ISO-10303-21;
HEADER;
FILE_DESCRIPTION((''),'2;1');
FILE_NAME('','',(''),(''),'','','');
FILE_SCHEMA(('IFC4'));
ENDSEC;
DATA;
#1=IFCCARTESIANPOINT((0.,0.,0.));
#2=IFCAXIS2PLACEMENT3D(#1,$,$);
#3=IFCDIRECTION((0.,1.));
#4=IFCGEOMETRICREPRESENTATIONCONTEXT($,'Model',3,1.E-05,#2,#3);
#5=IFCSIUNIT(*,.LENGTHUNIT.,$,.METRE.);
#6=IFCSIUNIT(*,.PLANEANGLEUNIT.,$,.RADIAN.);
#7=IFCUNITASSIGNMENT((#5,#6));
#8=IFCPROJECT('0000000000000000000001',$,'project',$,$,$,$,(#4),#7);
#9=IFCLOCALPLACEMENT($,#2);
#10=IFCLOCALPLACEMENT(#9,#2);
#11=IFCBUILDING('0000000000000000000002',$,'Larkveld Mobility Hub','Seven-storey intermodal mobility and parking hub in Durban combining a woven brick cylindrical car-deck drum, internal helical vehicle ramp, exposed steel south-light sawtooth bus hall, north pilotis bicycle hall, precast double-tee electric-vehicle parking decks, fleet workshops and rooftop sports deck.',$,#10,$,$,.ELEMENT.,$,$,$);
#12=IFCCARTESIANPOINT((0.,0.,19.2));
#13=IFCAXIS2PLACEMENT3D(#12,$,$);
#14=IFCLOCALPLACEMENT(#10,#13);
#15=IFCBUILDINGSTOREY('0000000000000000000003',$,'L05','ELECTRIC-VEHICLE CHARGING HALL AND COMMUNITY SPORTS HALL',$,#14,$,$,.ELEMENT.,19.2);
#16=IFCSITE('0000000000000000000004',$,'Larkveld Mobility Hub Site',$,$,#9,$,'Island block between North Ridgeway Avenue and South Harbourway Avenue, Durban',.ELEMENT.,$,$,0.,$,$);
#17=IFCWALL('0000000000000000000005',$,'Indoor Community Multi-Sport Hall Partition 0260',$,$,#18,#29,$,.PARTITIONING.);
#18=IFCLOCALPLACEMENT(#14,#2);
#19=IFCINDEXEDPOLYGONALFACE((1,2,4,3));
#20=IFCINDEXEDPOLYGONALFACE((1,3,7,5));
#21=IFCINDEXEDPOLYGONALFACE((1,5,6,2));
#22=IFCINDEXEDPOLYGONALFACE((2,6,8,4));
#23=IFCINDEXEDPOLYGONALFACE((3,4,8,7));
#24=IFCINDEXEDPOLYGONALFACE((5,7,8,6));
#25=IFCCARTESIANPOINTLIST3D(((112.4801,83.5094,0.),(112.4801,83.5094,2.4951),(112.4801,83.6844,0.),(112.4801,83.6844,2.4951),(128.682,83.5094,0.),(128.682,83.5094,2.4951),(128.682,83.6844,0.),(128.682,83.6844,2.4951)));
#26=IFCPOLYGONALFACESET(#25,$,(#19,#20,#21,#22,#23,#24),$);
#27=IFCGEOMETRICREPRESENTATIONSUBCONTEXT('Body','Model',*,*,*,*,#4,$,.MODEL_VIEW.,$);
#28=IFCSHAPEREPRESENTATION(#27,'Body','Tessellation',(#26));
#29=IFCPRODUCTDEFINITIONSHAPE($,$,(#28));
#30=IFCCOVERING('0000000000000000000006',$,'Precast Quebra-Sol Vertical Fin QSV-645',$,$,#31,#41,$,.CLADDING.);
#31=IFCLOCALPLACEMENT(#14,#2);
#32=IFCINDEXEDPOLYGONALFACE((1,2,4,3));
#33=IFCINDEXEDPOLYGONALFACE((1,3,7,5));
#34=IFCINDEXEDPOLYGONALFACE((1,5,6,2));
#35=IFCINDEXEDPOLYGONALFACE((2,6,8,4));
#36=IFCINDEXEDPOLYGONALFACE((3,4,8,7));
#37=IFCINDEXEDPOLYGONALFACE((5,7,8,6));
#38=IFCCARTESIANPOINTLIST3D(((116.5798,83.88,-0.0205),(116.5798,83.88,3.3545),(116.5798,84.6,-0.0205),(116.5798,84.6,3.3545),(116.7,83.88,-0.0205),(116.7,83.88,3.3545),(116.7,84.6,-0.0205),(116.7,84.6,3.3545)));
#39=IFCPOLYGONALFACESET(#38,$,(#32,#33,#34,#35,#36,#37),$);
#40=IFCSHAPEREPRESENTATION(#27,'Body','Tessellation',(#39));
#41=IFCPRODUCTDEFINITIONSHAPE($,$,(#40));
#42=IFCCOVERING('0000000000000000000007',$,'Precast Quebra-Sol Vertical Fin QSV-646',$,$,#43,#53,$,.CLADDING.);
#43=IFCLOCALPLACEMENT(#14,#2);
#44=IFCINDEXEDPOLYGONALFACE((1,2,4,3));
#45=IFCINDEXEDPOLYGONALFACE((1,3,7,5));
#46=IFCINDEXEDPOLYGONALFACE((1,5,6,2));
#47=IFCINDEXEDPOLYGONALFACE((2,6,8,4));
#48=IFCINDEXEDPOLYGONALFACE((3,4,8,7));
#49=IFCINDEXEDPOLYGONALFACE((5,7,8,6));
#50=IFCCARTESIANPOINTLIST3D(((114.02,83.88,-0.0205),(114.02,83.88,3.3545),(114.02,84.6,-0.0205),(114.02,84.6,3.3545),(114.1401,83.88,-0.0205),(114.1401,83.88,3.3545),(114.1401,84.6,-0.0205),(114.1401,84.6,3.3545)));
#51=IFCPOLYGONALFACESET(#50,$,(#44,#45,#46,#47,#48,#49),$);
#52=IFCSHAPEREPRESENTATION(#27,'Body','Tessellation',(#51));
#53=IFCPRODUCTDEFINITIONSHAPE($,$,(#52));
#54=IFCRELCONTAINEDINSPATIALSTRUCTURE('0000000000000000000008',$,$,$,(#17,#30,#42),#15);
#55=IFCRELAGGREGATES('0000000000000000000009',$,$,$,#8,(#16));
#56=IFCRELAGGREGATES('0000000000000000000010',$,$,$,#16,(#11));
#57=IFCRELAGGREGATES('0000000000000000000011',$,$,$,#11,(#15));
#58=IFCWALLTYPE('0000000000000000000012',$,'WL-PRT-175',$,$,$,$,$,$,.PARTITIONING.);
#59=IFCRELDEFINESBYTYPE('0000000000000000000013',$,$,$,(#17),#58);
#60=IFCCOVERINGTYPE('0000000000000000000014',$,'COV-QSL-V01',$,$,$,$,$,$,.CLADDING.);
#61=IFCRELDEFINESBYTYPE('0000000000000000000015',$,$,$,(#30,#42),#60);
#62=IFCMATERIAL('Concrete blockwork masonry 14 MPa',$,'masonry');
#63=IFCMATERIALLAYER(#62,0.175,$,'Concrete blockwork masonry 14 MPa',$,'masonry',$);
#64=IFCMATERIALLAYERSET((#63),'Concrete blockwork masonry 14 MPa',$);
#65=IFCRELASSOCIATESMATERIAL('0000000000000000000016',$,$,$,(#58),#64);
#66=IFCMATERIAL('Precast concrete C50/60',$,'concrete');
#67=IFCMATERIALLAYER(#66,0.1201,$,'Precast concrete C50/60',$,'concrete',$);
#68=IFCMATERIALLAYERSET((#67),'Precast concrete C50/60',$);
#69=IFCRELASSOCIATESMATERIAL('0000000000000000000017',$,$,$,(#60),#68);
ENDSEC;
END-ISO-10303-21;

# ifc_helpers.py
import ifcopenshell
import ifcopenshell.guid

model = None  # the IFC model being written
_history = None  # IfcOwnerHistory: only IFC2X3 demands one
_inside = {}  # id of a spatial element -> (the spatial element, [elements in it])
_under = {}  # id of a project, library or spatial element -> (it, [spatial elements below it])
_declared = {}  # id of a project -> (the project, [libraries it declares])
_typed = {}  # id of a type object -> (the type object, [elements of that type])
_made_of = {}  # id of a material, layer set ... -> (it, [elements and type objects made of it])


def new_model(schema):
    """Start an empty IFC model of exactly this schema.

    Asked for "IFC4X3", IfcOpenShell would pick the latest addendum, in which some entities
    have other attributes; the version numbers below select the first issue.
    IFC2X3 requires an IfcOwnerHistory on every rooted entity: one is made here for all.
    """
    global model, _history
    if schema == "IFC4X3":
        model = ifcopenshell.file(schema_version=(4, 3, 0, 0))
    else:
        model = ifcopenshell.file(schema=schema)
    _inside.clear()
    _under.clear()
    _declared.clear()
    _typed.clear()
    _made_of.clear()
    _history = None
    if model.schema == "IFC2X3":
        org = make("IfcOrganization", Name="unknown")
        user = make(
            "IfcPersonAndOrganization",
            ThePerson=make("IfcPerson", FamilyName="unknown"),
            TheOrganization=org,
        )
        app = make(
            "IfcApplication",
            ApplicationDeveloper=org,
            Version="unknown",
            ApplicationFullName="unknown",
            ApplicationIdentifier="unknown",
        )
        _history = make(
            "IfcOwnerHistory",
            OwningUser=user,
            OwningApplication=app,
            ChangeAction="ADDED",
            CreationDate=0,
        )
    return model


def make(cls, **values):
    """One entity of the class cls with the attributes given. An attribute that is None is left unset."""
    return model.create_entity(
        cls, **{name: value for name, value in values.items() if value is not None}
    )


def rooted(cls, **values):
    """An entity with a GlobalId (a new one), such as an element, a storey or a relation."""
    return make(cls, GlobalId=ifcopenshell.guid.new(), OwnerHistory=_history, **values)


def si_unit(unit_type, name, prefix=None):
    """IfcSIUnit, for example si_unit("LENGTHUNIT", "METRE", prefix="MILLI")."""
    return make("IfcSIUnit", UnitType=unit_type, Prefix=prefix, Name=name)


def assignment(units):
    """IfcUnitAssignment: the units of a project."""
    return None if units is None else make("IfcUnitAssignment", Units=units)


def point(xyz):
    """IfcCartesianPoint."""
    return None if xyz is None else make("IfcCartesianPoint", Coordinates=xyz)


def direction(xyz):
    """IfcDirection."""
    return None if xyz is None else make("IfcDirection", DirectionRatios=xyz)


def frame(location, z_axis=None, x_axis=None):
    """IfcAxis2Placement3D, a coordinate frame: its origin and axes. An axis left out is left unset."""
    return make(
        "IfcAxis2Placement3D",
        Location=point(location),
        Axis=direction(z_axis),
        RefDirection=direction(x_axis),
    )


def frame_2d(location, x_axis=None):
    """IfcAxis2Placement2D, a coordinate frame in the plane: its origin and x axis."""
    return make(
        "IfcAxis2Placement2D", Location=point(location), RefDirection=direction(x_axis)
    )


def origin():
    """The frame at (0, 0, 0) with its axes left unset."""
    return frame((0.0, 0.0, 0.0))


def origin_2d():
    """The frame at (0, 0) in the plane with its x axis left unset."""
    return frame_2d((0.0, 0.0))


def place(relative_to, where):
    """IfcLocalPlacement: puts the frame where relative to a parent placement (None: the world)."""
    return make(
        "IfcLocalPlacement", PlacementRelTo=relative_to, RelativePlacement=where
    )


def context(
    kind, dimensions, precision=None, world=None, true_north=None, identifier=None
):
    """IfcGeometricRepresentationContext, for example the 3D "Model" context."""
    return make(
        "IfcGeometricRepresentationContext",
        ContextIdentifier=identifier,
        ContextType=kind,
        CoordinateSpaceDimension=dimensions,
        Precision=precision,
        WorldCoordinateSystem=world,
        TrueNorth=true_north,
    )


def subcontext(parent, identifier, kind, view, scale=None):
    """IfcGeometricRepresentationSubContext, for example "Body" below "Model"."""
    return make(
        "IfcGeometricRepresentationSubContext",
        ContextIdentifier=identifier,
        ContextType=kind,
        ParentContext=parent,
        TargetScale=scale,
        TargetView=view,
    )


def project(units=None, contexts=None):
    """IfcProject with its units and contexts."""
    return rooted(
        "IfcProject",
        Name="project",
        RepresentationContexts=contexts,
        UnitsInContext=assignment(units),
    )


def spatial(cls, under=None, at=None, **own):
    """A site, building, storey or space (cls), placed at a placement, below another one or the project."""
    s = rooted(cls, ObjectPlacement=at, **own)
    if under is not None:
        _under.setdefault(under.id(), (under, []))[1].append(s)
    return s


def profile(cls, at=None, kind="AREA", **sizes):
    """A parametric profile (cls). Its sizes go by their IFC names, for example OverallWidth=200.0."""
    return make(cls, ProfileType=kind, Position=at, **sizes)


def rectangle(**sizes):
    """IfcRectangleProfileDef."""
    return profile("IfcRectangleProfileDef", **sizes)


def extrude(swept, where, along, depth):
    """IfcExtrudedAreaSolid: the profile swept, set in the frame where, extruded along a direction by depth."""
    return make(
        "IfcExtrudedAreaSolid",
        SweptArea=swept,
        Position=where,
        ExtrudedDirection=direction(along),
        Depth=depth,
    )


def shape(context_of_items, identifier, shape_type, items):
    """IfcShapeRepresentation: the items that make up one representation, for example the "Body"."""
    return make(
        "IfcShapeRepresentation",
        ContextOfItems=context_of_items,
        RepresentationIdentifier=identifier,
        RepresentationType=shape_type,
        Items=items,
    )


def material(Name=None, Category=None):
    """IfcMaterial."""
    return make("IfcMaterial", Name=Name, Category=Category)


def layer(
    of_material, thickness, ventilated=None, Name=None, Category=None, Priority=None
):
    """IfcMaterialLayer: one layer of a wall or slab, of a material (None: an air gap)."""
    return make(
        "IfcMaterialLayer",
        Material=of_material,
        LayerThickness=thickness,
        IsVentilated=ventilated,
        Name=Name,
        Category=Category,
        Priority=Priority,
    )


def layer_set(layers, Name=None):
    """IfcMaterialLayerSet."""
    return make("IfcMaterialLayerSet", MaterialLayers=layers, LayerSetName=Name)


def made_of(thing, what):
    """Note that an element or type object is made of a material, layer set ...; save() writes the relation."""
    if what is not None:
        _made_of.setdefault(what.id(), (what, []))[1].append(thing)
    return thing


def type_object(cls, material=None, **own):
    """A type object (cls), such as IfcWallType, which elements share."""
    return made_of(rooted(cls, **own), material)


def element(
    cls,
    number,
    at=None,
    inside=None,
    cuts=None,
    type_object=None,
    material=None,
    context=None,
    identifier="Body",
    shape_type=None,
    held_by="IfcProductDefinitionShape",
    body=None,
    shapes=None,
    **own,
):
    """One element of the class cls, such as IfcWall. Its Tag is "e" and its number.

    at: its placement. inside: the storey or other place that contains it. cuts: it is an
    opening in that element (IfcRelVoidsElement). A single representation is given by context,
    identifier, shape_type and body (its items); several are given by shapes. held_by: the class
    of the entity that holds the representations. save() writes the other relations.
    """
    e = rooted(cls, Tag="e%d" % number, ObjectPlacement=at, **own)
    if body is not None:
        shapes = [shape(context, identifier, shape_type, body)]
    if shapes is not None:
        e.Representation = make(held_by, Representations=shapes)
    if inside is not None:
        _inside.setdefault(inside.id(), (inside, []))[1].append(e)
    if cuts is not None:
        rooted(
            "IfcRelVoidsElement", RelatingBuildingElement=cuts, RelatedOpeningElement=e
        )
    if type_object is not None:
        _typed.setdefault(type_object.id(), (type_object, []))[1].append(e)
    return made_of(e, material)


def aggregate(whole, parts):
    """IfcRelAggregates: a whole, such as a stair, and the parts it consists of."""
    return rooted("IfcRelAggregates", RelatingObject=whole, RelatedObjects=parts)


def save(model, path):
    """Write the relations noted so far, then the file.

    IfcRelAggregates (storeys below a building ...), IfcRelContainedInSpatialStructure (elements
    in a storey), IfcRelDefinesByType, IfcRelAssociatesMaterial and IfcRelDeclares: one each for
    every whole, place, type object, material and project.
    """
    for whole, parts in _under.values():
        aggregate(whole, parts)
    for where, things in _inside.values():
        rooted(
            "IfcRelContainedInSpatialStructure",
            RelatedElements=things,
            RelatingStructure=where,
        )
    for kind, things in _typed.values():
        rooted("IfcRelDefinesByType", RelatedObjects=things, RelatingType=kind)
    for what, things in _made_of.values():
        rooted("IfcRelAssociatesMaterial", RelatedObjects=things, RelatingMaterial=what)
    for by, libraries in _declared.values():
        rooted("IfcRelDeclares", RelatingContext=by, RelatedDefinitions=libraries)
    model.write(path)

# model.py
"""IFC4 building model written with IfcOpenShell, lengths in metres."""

from ifc_helpers import new_model, si_unit, direction, frame, frame_2d, origin, origin_2d, place, context, subcontext, project, spatial, rectangle, extrude, material, layer, layer_set, type_object, element, save


model = new_model("IFC4")

# Units and contexts
model_context = context("Model", 3, precision=1e-05, world=origin(), true_north=direction((0.0, 1.0)))
body_context = subcontext(model_context, "Body", "Model", "MODEL_VIEW")
ifc_project = project(units=[si_unit("LENGTHUNIT", "METRE"), si_unit("PLANEANGLEUNIT", "RADIAN")], contexts=[model_context])

# Site, building, storey
site_placement = place(None, origin())
site = spatial("IfcSite", under=ifc_project, at=site_placement, Name="Larkveld Mobility Hub Site", LongName="Island block between North Ridgeway Avenue and South Harbourway Avenue, Durban", CompositionType="ELEMENT", RefElevation=0.0)
building_placement = place(site_placement, origin())
building = spatial("IfcBuilding", under=site, at=building_placement, Name="Larkveld Mobility Hub", Description="Seven-storey intermodal mobility and parking hub in Durban combining a woven brick cylindrical car-deck drum, internal helical vehicle ramp, exposed steel south-light sawtooth bus hall, north pilotis bicycle hall, precast double-tee electric-vehicle parking decks, fleet workshops and rooftop sports deck.", CompositionType="ELEMENT")
storey_placement = place(building_placement, frame((0.0, 0.0, 19.2)))
storey = spatial("IfcBuildingStorey", under=building, at=storey_placement, Name="L05", Description="ELECTRIC-VEHICLE CHARGING HALL AND COMMUNITY SPORTS HALL", CompositionType="ELEMENT", Elevation=19.2)

# Shared definitions
ifc_material_1 = material(Name="Precast concrete C50/60", Category="concrete")

# Wall
ifc_material_2 = material(Name="Concrete blockwork masonry 14 MPa", Category="masonry")
ifc_layer_1 = layer(ifc_material_2, 0.175, Name="Concrete blockwork masonry 14 MPa", Category="masonry")
ifc_layer_set_1 = layer_set([ifc_layer_1], Name="Concrete blockwork masonry 14 MPa")
wall_type_1 = type_object("IfcWallType", Name="WL-PRT-175", PredefinedType="PARTITIONING", material=ifc_layer_set_1)
wall_1_placement = place(storey_placement, frame((112.48, 83.5969, 0.0), z_axis=(0.0, 0.0, 1.0), x_axis=(1.0, 0.0, 0.0)))
element("IfcWall", 1, at=wall_1_placement, inside=storey, type_object=wall_type_1, Name="Indoor Community Multi-Sport Hall Partition 0260", PredefinedType="PARTITIONING", context=body_context, shape_type="SweptSolid", body=[
    extrude(rectangle(XDim=16.2019, YDim=0.175, at=frame_2d((8.1011, 0.0))), origin(), (0.0, 0.0, 1.0), 2.4951),
])

# Coverings
ifc_layer_2 = layer(ifc_material_1, 0.1201, Name="Precast concrete C50/60", Category="concrete")
ifc_layer_set_2 = layer_set([ifc_layer_2], Name="Precast concrete C50/60")
covering_type = type_object("IfcCoveringType", Name="COV-QSL-V01", PredefinedType="CLADDING", material=ifc_layer_set_2)
for number, where, z_axis, x_axis, name in (
    (2, (116.6399, 84.24, -0.0205), (0.0, 0.0, 1.0), (-1.0, 0.0, 0.0), "Precast Quebra-Sol Vertical Fin QSV-645"),
    (3, (114.0801, 84.24, -0.0205), (0.0, 0.0, 1.0), (-1.0, 0.0, 0.0), "Precast Quebra-Sol Vertical Fin QSV-646"),
):
    element("IfcCovering", number, at=place(storey_placement, frame(where, z_axis=z_axis, x_axis=x_axis)), inside=storey, type_object=covering_type, Name=name, PredefinedType="CLADDING", context=body_context, shape_type="SweptSolid", body=[
        extrude(rectangle(XDim=0.1201, YDim=0.72, at=origin_2d()), origin(), (0.0, 0.0, 1.0), 3.375),
    ])

save(model, "model.ifc")
